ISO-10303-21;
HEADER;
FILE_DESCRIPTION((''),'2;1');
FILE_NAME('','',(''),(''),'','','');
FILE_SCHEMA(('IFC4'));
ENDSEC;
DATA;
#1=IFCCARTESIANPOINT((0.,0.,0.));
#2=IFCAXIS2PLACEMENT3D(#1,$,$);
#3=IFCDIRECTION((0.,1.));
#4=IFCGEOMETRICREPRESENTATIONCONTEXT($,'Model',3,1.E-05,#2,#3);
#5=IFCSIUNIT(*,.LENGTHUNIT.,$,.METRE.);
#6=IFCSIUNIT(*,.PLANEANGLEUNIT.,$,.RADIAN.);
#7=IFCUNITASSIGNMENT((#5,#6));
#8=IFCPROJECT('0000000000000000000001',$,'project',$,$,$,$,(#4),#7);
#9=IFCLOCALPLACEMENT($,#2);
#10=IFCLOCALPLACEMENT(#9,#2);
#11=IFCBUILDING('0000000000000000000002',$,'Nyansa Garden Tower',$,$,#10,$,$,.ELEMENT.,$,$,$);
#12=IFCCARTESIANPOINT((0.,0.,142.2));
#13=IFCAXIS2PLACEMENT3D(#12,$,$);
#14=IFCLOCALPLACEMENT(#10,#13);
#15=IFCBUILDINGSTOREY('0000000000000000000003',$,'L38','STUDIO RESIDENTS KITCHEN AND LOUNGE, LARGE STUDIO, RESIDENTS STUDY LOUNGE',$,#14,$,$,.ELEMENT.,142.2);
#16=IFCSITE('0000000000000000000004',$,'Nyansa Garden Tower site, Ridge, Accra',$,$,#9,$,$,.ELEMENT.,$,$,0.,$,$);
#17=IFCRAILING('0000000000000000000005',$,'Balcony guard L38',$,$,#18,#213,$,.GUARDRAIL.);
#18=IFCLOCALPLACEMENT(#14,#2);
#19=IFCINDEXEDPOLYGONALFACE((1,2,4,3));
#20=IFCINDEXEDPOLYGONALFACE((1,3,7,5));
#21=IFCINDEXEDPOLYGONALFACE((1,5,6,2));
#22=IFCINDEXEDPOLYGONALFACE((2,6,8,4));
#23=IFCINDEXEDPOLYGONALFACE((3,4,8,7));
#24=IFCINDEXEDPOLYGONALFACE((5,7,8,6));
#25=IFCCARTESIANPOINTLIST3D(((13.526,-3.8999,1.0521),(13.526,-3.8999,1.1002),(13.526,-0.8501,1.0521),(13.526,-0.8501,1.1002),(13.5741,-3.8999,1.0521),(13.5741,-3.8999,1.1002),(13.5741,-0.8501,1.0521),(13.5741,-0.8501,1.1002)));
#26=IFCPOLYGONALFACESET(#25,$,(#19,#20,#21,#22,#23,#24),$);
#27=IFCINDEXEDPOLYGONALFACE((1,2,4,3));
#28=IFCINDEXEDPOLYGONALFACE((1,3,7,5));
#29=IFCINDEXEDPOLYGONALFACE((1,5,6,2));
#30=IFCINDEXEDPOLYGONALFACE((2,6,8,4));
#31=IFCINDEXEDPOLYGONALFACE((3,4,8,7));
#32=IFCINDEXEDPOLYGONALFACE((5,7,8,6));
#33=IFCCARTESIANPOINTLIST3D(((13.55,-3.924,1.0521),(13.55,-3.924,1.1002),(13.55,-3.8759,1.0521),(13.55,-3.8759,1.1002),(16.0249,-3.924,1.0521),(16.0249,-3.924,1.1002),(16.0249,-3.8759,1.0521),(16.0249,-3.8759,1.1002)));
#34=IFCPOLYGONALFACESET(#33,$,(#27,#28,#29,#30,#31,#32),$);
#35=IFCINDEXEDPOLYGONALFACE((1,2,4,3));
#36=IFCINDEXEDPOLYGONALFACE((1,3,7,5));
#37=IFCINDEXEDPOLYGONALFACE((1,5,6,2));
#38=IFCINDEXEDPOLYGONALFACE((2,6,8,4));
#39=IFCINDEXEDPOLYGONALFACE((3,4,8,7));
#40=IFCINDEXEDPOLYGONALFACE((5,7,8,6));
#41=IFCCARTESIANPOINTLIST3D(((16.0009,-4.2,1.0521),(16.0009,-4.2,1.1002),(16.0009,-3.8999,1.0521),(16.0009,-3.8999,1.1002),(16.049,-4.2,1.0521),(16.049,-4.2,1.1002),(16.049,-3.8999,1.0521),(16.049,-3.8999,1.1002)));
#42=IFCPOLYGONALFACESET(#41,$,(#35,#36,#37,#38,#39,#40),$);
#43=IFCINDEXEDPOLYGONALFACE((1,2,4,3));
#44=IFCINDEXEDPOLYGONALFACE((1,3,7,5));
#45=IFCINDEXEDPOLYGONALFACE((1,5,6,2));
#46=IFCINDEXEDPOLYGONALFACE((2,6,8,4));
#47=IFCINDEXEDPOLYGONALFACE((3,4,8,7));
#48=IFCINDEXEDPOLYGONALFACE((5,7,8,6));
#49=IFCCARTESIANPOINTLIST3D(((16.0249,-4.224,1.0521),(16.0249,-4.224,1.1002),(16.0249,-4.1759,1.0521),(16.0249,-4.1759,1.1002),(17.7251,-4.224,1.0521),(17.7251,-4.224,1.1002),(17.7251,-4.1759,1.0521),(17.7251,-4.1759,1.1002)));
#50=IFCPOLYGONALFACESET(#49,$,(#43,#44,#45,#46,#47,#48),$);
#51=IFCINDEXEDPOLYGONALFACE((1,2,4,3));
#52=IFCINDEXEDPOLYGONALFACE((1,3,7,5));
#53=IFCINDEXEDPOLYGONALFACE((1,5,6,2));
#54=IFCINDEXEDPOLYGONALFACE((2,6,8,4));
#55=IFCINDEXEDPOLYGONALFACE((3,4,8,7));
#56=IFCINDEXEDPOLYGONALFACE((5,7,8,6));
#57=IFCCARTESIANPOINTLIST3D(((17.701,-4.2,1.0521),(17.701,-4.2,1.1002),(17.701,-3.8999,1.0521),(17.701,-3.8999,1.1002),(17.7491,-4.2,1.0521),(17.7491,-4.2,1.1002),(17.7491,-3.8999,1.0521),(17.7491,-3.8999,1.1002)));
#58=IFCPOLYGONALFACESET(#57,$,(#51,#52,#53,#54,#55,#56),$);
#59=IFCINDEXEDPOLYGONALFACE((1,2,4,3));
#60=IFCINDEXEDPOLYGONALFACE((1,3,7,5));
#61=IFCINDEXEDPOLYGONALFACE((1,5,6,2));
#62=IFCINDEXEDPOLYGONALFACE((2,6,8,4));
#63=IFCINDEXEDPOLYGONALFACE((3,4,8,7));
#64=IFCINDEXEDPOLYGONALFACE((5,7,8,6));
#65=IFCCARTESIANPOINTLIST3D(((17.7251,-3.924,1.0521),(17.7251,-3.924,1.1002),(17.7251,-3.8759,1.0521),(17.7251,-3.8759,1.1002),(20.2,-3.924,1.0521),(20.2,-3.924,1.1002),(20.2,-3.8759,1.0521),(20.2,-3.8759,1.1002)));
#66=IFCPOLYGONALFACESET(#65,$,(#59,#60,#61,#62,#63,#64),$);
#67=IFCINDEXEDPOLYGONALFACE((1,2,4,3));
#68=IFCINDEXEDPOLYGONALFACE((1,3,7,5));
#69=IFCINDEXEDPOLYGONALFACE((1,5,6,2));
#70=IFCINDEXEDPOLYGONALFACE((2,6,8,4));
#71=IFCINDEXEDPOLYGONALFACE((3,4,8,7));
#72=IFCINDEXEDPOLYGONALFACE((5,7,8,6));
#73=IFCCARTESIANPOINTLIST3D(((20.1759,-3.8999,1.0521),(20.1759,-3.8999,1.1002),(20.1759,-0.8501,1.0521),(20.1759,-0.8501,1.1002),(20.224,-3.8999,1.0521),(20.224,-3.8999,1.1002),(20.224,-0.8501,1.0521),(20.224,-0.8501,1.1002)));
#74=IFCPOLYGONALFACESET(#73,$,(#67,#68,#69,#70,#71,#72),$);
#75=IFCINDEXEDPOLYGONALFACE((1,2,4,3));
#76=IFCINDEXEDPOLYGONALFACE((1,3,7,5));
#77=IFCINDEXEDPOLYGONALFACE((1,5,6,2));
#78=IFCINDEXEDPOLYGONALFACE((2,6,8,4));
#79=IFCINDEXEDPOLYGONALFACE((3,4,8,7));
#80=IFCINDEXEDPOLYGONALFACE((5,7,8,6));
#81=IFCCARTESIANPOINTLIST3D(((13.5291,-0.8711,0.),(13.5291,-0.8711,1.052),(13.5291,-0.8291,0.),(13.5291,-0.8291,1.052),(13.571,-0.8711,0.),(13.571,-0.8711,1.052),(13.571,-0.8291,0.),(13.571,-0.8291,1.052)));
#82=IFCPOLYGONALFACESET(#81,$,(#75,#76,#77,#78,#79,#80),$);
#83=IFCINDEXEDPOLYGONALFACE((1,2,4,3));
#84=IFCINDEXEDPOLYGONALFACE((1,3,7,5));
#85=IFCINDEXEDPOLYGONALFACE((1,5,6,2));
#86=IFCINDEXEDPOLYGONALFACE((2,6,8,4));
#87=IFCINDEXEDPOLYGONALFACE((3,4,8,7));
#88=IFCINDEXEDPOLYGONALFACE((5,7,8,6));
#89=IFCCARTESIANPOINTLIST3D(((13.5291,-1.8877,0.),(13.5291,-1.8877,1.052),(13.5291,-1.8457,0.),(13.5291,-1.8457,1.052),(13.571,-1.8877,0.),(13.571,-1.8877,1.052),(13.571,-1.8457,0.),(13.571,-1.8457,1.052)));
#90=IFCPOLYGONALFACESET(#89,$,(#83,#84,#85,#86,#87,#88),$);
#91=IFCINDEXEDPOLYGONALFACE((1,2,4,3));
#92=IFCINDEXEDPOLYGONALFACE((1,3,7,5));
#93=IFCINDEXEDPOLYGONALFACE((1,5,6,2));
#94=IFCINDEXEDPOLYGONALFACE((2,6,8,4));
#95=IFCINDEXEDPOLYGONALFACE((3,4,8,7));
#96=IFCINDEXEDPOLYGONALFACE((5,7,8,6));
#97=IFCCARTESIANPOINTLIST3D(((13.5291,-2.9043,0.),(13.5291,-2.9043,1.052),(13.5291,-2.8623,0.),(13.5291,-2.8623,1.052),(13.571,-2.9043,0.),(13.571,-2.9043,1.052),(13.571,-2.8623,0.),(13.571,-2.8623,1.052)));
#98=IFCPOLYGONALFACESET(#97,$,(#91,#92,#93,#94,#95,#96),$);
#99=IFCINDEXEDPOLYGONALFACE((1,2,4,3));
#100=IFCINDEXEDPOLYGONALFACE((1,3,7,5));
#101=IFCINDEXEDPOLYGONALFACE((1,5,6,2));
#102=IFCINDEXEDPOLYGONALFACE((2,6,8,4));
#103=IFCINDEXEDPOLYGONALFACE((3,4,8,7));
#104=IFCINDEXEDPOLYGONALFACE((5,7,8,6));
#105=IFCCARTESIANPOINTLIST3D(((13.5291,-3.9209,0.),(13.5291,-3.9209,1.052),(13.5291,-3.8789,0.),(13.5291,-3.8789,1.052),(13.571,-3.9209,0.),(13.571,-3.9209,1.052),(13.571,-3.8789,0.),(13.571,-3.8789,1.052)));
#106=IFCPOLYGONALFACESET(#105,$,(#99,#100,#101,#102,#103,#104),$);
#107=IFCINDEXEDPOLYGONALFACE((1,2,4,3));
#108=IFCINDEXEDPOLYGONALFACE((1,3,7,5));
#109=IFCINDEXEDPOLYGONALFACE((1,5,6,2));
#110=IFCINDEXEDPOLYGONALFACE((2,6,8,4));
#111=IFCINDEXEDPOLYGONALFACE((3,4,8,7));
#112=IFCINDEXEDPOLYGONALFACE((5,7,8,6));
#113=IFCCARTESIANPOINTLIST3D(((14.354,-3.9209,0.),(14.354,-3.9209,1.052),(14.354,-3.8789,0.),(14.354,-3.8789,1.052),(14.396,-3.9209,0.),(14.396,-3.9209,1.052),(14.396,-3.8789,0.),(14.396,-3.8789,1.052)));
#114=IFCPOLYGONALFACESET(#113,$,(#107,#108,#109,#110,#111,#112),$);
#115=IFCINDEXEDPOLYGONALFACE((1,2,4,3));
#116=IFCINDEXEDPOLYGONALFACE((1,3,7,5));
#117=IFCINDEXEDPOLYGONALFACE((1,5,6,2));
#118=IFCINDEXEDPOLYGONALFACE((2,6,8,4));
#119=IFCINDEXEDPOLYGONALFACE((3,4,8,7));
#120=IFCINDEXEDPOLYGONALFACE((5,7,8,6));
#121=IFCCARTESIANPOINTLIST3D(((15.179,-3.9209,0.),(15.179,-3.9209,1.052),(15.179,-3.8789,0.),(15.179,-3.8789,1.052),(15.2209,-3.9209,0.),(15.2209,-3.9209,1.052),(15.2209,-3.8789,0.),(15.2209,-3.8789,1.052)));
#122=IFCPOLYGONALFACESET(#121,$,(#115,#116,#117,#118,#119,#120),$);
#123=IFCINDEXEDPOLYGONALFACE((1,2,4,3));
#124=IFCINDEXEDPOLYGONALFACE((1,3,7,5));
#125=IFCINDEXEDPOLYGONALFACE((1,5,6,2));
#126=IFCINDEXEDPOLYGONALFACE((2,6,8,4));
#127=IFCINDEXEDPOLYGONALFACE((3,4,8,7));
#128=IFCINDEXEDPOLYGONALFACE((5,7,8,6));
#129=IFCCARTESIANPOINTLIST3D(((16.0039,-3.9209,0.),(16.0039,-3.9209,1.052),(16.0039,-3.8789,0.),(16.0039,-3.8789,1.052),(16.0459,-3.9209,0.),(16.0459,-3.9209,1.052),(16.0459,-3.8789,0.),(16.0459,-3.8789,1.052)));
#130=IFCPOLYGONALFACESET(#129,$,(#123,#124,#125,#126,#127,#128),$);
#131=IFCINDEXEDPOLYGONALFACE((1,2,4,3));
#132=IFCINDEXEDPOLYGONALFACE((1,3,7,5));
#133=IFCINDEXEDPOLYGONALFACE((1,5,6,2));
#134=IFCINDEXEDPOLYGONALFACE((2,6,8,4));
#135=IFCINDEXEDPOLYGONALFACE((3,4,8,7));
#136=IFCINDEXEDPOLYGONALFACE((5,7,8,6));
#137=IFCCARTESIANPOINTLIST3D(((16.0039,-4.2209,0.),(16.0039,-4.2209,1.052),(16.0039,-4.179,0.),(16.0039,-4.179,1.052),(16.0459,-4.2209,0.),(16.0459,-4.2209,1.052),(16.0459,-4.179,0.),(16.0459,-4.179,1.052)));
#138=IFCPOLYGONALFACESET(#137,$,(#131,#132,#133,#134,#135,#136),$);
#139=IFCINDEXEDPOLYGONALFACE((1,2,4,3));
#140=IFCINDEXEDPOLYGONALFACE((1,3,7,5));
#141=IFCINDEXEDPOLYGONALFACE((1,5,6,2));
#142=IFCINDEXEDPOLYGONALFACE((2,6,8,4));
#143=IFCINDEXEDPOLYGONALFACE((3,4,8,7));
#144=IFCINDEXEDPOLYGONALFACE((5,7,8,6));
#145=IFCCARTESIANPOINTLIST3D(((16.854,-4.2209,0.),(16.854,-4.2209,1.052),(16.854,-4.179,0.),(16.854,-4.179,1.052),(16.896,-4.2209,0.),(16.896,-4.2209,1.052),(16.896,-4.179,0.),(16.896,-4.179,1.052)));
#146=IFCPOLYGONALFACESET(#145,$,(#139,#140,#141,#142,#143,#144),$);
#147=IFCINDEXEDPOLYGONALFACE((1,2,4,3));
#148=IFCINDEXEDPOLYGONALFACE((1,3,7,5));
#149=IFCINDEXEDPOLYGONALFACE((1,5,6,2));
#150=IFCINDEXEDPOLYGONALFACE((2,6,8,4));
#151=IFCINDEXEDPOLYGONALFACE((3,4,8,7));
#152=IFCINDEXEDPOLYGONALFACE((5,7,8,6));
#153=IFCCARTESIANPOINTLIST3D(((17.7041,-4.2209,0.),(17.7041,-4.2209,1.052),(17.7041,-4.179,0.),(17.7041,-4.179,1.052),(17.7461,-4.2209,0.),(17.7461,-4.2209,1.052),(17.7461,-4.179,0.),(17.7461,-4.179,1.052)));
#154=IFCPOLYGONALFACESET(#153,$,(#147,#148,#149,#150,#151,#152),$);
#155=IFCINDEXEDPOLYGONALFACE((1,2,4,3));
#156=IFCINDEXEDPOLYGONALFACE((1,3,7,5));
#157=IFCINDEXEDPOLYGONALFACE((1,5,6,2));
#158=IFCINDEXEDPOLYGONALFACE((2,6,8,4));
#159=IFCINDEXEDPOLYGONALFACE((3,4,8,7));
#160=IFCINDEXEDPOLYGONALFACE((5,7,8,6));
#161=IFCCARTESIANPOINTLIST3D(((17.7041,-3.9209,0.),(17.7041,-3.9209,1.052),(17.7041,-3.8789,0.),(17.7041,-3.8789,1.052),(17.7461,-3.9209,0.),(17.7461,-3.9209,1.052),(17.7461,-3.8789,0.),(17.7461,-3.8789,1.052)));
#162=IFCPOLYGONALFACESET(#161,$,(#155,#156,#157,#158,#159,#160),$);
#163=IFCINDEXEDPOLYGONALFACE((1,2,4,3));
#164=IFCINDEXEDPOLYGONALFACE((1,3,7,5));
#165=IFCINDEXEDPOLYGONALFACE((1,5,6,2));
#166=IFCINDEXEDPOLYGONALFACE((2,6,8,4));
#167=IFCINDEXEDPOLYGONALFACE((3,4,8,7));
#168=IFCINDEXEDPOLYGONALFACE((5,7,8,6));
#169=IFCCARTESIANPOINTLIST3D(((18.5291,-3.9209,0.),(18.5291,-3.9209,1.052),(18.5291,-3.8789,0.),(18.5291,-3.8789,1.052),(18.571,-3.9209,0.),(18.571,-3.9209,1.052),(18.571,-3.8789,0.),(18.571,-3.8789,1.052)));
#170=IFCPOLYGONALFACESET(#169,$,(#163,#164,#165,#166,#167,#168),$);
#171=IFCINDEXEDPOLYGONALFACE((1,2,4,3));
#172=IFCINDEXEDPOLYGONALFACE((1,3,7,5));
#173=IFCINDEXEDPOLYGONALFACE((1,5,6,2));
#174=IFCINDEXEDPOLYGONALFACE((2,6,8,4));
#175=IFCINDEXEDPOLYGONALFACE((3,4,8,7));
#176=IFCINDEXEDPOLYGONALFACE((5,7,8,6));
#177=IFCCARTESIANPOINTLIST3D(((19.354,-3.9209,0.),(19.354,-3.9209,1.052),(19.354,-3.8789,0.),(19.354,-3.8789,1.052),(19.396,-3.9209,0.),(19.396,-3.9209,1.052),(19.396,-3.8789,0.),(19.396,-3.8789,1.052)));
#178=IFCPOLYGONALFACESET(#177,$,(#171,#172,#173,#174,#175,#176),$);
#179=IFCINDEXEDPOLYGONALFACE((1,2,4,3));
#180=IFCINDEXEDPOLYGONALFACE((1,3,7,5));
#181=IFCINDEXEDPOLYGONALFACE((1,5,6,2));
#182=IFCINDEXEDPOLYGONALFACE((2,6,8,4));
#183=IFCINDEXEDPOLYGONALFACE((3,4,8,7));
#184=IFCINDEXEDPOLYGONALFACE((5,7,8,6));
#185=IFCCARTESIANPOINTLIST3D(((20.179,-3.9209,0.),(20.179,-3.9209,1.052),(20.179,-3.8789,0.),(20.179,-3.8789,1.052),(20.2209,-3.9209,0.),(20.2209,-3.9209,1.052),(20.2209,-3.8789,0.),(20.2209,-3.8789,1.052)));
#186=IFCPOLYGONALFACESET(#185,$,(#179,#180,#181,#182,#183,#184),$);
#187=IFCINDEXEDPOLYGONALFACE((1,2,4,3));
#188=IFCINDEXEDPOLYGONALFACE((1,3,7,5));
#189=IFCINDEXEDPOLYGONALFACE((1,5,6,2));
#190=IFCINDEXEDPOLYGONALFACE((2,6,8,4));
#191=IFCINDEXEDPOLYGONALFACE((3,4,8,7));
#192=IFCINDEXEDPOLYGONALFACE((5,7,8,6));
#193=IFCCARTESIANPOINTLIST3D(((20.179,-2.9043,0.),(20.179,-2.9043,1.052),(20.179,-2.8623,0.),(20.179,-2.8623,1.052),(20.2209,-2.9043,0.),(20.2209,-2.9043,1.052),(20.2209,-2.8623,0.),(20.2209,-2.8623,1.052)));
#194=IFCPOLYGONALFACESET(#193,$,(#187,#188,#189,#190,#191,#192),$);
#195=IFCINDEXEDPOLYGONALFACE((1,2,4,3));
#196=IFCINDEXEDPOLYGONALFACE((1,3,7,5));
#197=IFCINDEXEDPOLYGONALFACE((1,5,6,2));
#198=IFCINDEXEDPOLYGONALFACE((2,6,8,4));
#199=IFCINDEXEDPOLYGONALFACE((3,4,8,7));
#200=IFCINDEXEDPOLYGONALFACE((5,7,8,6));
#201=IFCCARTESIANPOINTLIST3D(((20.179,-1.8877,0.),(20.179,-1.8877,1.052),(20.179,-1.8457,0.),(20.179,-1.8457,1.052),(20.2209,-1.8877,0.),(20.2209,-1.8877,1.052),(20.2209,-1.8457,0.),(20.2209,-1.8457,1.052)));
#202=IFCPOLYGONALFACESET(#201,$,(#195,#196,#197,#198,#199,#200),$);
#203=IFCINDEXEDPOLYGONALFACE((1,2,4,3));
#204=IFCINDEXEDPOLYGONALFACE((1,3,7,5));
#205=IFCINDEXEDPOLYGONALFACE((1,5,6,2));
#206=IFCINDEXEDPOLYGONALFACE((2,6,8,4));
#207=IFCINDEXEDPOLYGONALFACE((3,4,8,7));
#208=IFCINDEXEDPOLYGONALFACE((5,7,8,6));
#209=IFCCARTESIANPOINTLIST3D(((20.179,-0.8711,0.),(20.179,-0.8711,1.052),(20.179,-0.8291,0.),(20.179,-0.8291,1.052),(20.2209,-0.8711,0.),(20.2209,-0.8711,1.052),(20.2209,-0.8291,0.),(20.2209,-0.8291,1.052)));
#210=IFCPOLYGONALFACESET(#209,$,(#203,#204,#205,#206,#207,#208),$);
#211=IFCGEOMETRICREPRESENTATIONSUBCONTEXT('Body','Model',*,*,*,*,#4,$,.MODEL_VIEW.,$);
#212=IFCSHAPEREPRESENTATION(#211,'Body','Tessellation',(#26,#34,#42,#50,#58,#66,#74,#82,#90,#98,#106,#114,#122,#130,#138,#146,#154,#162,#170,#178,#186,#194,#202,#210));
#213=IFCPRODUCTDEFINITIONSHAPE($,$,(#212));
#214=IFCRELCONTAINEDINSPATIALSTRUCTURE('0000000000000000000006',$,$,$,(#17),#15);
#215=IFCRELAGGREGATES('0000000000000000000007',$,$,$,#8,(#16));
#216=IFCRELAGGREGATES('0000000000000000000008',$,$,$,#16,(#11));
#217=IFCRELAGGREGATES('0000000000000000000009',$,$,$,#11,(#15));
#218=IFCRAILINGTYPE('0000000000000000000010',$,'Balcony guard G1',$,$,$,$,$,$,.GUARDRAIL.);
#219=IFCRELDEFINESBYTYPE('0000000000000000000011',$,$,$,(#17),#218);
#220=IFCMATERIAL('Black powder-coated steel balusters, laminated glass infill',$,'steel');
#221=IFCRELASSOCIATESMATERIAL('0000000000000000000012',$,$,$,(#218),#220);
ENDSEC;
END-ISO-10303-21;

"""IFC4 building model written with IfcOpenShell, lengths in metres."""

from ifc_helpers import new_model, si_unit, direction, frame, origin, origin_2d, place, context, subcontext, project, spatial, rectangle, extrude, material, type_object, element, save


model = new_model("IFC4")

# Units and contexts
model_context = context("Model", 3, precision=1e-05, world=origin(), true_north=direction((0.0, 1.0)))
body_context = subcontext(model_context, "Body", "Model", "MODEL_VIEW")
ifc_project = project(units=[si_unit("LENGTHUNIT", "METRE"), si_unit("PLANEANGLEUNIT", "RADIAN")], contexts=[model_context])

# Site, building, storey
site_placement = place(None, origin())
site = spatial("IfcSite", under=ifc_project, at=site_placement, Name="Nyansa Garden Tower site, Ridge, Accra", CompositionType="ELEMENT", RefElevation=0.0)
building_placement = place(site_placement, origin())
building = spatial("IfcBuilding", under=site, at=building_placement, Name="Nyansa Garden Tower", CompositionType="ELEMENT")
storey_placement = place(building_placement, frame((0.0, 0.0, 142.2)))
storey = spatial("IfcBuildingStorey", under=building, at=storey_placement, Name="L38", Description="STUDIO RESIDENTS KITCHEN AND LOUNGE, LARGE STUDIO, RESIDENTS STUDY LOUNGE", CompositionType="ELEMENT", Elevation=142.2)

# Railing
ifc_material_1 = material(Name="Black powder-coated steel balusters, laminated glass infill", Category="steel")
railing_type = type_object("IfcRailingType", Name="Balcony guard G1", PredefinedType="GUARDRAIL", material=ifc_material_1)
railing_placement = place(storey_placement, frame((13.55, -0.8501, 0.0)))
element("IfcRailing", 1, at=railing_placement, inside=storey, type_object=railing_type, Name="Balcony guard L38", PredefinedType="GUARDRAIL", context=body_context, shape_type="SweptSolid", body=[
    extrude(rectangle(XDim=0.0481, YDim=0.0481, at=origin_2d()), frame((0.0, 0.0, 1.0762), z_axis=(0.0, -1.0, 0.0), x_axis=(1.0, 0.0, 0.0)), (0.0, 0.0, 1.0), 3.0498),
    extrude(rectangle(XDim=0.0481, YDim=0.0481, at=origin_2d()), frame((0.0, -3.0498, 1.0762), z_axis=(1.0, 0.0, 0.0), x_axis=(0.0, 1.0, 0.0)), (0.0, 0.0, 1.0), 2.4749),
    extrude(rectangle(XDim=0.0481, YDim=0.0481, at=origin_2d()), frame((2.4749, -3.0498, 1.0762), z_axis=(0.0, -1.0, 0.0), x_axis=(1.0, 0.0, 0.0)), (0.0, 0.0, 1.0), 0.3),
    extrude(rectangle(XDim=0.0481, YDim=0.0481, at=origin_2d()), frame((2.4749, -3.3499, 1.0762), z_axis=(1.0, 0.0, 0.0), x_axis=(0.0, 1.0, 0.0)), (0.0, 0.0, 1.0), 1.7002),
    extrude(rectangle(XDim=0.0481, YDim=0.0481, at=origin_2d()), frame((4.175, -3.3499, 1.0762), z_axis=(0.0, 1.0, 0.0), x_axis=(-1.0, 0.0, 0.0)), (0.0, 0.0, 1.0), 0.3),
    extrude(rectangle(XDim=0.0481, YDim=0.0481, at=origin_2d()), frame((4.175, -3.0498, 1.0762), z_axis=(1.0, 0.0, 0.0), x_axis=(0.0, 1.0, 0.0)), (0.0, 0.0, 1.0), 2.4749),
    extrude(rectangle(XDim=0.0481, YDim=0.0481, at=origin_2d()), frame((6.6499, -3.0498, 1.0762), z_axis=(0.0, 1.0, 0.0), x_axis=(-1.0, 0.0, 0.0)), (0.0, 0.0, 1.0), 3.0498),
    extrude(rectangle(XDim=0.042, YDim=0.042, at=origin_2d()), origin(), (0.0, 0.0, 1.0), 1.052),
    extrude(rectangle(XDim=0.042, YDim=0.042, at=origin_2d()), frame((0.0, -1.0166, 0.0)), (0.0, 0.0, 1.0), 1.052),
    extrude(rectangle(XDim=0.042, YDim=0.042, at=origin_2d()), frame((0.0, -2.0332, 0.0)), (0.0, 0.0, 1.0), 1.052),
    extrude(rectangle(XDim=0.042, YDim=0.042, at=origin_2d()), frame((0.0, -3.0498, 0.0)), (0.0, 0.0, 1.0), 1.052),
    extrude(rectangle(XDim=0.042, YDim=0.042, at=origin_2d()), frame((0.825, -3.0498, 0.0)), (0.0, 0.0, 1.0), 1.052),
    extrude(rectangle(XDim=0.042, YDim=0.042, at=origin_2d()), frame((1.6499, -3.0498, 0.0)), (0.0, 0.0, 1.0), 1.052),
    extrude(rectangle(XDim=0.042, YDim=0.042, at=origin_2d()), frame((2.4749, -3.0498, 0.0)), (0.0, 0.0, 1.0), 1.052),
    extrude(rectangle(XDim=0.042, YDim=0.042, at=origin_2d()), frame((2.4749, -3.3499, 0.0)), (0.0, 0.0, 1.0), 1.052),
    extrude(rectangle(XDim=0.042, YDim=0.042, at=origin_2d()), frame((3.325, -3.3499, 0.0)), (0.0, 0.0, 1.0), 1.052),
    extrude(rectangle(XDim=0.042, YDim=0.042, at=origin_2d()), frame((4.175, -3.3499, 0.0)), (0.0, 0.0, 1.0), 1.052),
    extrude(rectangle(XDim=0.042, YDim=0.042, at=origin_2d()), frame((4.175, -3.0498, 0.0)), (0.0, 0.0, 1.0), 1.052),
    extrude(rectangle(XDim=0.042, YDim=0.042, at=origin_2d()), frame((5.0, -3.0498, 0.0)), (0.0, 0.0, 1.0), 1.052),
    extrude(rectangle(XDim=0.042, YDim=0.042, at=origin_2d()), frame((5.825, -3.0498, 0.0)), (0.0, 0.0, 1.0), 1.052),
    extrude(rectangle(XDim=0.042, YDim=0.042, at=origin_2d()), frame((6.6499, -3.0498, 0.0)), (0.0, 0.0, 1.0), 1.052),
    extrude(rectangle(XDim=0.042, YDim=0.042, at=origin_2d()), frame((6.6499, -2.0332, 0.0)), (0.0, 0.0, 1.0), 1.052),
    extrude(rectangle(XDim=0.042, YDim=0.042, at=origin_2d()), frame((6.6499, -1.0166, 0.0)), (0.0, 0.0, 1.0), 1.052),
    extrude(rectangle(XDim=0.042, YDim=0.042, at=origin_2d()), frame((6.6499, 0.0, 0.0)), (0.0, 0.0, 1.0), 1.052),
])

save(model, "model.ifc")
